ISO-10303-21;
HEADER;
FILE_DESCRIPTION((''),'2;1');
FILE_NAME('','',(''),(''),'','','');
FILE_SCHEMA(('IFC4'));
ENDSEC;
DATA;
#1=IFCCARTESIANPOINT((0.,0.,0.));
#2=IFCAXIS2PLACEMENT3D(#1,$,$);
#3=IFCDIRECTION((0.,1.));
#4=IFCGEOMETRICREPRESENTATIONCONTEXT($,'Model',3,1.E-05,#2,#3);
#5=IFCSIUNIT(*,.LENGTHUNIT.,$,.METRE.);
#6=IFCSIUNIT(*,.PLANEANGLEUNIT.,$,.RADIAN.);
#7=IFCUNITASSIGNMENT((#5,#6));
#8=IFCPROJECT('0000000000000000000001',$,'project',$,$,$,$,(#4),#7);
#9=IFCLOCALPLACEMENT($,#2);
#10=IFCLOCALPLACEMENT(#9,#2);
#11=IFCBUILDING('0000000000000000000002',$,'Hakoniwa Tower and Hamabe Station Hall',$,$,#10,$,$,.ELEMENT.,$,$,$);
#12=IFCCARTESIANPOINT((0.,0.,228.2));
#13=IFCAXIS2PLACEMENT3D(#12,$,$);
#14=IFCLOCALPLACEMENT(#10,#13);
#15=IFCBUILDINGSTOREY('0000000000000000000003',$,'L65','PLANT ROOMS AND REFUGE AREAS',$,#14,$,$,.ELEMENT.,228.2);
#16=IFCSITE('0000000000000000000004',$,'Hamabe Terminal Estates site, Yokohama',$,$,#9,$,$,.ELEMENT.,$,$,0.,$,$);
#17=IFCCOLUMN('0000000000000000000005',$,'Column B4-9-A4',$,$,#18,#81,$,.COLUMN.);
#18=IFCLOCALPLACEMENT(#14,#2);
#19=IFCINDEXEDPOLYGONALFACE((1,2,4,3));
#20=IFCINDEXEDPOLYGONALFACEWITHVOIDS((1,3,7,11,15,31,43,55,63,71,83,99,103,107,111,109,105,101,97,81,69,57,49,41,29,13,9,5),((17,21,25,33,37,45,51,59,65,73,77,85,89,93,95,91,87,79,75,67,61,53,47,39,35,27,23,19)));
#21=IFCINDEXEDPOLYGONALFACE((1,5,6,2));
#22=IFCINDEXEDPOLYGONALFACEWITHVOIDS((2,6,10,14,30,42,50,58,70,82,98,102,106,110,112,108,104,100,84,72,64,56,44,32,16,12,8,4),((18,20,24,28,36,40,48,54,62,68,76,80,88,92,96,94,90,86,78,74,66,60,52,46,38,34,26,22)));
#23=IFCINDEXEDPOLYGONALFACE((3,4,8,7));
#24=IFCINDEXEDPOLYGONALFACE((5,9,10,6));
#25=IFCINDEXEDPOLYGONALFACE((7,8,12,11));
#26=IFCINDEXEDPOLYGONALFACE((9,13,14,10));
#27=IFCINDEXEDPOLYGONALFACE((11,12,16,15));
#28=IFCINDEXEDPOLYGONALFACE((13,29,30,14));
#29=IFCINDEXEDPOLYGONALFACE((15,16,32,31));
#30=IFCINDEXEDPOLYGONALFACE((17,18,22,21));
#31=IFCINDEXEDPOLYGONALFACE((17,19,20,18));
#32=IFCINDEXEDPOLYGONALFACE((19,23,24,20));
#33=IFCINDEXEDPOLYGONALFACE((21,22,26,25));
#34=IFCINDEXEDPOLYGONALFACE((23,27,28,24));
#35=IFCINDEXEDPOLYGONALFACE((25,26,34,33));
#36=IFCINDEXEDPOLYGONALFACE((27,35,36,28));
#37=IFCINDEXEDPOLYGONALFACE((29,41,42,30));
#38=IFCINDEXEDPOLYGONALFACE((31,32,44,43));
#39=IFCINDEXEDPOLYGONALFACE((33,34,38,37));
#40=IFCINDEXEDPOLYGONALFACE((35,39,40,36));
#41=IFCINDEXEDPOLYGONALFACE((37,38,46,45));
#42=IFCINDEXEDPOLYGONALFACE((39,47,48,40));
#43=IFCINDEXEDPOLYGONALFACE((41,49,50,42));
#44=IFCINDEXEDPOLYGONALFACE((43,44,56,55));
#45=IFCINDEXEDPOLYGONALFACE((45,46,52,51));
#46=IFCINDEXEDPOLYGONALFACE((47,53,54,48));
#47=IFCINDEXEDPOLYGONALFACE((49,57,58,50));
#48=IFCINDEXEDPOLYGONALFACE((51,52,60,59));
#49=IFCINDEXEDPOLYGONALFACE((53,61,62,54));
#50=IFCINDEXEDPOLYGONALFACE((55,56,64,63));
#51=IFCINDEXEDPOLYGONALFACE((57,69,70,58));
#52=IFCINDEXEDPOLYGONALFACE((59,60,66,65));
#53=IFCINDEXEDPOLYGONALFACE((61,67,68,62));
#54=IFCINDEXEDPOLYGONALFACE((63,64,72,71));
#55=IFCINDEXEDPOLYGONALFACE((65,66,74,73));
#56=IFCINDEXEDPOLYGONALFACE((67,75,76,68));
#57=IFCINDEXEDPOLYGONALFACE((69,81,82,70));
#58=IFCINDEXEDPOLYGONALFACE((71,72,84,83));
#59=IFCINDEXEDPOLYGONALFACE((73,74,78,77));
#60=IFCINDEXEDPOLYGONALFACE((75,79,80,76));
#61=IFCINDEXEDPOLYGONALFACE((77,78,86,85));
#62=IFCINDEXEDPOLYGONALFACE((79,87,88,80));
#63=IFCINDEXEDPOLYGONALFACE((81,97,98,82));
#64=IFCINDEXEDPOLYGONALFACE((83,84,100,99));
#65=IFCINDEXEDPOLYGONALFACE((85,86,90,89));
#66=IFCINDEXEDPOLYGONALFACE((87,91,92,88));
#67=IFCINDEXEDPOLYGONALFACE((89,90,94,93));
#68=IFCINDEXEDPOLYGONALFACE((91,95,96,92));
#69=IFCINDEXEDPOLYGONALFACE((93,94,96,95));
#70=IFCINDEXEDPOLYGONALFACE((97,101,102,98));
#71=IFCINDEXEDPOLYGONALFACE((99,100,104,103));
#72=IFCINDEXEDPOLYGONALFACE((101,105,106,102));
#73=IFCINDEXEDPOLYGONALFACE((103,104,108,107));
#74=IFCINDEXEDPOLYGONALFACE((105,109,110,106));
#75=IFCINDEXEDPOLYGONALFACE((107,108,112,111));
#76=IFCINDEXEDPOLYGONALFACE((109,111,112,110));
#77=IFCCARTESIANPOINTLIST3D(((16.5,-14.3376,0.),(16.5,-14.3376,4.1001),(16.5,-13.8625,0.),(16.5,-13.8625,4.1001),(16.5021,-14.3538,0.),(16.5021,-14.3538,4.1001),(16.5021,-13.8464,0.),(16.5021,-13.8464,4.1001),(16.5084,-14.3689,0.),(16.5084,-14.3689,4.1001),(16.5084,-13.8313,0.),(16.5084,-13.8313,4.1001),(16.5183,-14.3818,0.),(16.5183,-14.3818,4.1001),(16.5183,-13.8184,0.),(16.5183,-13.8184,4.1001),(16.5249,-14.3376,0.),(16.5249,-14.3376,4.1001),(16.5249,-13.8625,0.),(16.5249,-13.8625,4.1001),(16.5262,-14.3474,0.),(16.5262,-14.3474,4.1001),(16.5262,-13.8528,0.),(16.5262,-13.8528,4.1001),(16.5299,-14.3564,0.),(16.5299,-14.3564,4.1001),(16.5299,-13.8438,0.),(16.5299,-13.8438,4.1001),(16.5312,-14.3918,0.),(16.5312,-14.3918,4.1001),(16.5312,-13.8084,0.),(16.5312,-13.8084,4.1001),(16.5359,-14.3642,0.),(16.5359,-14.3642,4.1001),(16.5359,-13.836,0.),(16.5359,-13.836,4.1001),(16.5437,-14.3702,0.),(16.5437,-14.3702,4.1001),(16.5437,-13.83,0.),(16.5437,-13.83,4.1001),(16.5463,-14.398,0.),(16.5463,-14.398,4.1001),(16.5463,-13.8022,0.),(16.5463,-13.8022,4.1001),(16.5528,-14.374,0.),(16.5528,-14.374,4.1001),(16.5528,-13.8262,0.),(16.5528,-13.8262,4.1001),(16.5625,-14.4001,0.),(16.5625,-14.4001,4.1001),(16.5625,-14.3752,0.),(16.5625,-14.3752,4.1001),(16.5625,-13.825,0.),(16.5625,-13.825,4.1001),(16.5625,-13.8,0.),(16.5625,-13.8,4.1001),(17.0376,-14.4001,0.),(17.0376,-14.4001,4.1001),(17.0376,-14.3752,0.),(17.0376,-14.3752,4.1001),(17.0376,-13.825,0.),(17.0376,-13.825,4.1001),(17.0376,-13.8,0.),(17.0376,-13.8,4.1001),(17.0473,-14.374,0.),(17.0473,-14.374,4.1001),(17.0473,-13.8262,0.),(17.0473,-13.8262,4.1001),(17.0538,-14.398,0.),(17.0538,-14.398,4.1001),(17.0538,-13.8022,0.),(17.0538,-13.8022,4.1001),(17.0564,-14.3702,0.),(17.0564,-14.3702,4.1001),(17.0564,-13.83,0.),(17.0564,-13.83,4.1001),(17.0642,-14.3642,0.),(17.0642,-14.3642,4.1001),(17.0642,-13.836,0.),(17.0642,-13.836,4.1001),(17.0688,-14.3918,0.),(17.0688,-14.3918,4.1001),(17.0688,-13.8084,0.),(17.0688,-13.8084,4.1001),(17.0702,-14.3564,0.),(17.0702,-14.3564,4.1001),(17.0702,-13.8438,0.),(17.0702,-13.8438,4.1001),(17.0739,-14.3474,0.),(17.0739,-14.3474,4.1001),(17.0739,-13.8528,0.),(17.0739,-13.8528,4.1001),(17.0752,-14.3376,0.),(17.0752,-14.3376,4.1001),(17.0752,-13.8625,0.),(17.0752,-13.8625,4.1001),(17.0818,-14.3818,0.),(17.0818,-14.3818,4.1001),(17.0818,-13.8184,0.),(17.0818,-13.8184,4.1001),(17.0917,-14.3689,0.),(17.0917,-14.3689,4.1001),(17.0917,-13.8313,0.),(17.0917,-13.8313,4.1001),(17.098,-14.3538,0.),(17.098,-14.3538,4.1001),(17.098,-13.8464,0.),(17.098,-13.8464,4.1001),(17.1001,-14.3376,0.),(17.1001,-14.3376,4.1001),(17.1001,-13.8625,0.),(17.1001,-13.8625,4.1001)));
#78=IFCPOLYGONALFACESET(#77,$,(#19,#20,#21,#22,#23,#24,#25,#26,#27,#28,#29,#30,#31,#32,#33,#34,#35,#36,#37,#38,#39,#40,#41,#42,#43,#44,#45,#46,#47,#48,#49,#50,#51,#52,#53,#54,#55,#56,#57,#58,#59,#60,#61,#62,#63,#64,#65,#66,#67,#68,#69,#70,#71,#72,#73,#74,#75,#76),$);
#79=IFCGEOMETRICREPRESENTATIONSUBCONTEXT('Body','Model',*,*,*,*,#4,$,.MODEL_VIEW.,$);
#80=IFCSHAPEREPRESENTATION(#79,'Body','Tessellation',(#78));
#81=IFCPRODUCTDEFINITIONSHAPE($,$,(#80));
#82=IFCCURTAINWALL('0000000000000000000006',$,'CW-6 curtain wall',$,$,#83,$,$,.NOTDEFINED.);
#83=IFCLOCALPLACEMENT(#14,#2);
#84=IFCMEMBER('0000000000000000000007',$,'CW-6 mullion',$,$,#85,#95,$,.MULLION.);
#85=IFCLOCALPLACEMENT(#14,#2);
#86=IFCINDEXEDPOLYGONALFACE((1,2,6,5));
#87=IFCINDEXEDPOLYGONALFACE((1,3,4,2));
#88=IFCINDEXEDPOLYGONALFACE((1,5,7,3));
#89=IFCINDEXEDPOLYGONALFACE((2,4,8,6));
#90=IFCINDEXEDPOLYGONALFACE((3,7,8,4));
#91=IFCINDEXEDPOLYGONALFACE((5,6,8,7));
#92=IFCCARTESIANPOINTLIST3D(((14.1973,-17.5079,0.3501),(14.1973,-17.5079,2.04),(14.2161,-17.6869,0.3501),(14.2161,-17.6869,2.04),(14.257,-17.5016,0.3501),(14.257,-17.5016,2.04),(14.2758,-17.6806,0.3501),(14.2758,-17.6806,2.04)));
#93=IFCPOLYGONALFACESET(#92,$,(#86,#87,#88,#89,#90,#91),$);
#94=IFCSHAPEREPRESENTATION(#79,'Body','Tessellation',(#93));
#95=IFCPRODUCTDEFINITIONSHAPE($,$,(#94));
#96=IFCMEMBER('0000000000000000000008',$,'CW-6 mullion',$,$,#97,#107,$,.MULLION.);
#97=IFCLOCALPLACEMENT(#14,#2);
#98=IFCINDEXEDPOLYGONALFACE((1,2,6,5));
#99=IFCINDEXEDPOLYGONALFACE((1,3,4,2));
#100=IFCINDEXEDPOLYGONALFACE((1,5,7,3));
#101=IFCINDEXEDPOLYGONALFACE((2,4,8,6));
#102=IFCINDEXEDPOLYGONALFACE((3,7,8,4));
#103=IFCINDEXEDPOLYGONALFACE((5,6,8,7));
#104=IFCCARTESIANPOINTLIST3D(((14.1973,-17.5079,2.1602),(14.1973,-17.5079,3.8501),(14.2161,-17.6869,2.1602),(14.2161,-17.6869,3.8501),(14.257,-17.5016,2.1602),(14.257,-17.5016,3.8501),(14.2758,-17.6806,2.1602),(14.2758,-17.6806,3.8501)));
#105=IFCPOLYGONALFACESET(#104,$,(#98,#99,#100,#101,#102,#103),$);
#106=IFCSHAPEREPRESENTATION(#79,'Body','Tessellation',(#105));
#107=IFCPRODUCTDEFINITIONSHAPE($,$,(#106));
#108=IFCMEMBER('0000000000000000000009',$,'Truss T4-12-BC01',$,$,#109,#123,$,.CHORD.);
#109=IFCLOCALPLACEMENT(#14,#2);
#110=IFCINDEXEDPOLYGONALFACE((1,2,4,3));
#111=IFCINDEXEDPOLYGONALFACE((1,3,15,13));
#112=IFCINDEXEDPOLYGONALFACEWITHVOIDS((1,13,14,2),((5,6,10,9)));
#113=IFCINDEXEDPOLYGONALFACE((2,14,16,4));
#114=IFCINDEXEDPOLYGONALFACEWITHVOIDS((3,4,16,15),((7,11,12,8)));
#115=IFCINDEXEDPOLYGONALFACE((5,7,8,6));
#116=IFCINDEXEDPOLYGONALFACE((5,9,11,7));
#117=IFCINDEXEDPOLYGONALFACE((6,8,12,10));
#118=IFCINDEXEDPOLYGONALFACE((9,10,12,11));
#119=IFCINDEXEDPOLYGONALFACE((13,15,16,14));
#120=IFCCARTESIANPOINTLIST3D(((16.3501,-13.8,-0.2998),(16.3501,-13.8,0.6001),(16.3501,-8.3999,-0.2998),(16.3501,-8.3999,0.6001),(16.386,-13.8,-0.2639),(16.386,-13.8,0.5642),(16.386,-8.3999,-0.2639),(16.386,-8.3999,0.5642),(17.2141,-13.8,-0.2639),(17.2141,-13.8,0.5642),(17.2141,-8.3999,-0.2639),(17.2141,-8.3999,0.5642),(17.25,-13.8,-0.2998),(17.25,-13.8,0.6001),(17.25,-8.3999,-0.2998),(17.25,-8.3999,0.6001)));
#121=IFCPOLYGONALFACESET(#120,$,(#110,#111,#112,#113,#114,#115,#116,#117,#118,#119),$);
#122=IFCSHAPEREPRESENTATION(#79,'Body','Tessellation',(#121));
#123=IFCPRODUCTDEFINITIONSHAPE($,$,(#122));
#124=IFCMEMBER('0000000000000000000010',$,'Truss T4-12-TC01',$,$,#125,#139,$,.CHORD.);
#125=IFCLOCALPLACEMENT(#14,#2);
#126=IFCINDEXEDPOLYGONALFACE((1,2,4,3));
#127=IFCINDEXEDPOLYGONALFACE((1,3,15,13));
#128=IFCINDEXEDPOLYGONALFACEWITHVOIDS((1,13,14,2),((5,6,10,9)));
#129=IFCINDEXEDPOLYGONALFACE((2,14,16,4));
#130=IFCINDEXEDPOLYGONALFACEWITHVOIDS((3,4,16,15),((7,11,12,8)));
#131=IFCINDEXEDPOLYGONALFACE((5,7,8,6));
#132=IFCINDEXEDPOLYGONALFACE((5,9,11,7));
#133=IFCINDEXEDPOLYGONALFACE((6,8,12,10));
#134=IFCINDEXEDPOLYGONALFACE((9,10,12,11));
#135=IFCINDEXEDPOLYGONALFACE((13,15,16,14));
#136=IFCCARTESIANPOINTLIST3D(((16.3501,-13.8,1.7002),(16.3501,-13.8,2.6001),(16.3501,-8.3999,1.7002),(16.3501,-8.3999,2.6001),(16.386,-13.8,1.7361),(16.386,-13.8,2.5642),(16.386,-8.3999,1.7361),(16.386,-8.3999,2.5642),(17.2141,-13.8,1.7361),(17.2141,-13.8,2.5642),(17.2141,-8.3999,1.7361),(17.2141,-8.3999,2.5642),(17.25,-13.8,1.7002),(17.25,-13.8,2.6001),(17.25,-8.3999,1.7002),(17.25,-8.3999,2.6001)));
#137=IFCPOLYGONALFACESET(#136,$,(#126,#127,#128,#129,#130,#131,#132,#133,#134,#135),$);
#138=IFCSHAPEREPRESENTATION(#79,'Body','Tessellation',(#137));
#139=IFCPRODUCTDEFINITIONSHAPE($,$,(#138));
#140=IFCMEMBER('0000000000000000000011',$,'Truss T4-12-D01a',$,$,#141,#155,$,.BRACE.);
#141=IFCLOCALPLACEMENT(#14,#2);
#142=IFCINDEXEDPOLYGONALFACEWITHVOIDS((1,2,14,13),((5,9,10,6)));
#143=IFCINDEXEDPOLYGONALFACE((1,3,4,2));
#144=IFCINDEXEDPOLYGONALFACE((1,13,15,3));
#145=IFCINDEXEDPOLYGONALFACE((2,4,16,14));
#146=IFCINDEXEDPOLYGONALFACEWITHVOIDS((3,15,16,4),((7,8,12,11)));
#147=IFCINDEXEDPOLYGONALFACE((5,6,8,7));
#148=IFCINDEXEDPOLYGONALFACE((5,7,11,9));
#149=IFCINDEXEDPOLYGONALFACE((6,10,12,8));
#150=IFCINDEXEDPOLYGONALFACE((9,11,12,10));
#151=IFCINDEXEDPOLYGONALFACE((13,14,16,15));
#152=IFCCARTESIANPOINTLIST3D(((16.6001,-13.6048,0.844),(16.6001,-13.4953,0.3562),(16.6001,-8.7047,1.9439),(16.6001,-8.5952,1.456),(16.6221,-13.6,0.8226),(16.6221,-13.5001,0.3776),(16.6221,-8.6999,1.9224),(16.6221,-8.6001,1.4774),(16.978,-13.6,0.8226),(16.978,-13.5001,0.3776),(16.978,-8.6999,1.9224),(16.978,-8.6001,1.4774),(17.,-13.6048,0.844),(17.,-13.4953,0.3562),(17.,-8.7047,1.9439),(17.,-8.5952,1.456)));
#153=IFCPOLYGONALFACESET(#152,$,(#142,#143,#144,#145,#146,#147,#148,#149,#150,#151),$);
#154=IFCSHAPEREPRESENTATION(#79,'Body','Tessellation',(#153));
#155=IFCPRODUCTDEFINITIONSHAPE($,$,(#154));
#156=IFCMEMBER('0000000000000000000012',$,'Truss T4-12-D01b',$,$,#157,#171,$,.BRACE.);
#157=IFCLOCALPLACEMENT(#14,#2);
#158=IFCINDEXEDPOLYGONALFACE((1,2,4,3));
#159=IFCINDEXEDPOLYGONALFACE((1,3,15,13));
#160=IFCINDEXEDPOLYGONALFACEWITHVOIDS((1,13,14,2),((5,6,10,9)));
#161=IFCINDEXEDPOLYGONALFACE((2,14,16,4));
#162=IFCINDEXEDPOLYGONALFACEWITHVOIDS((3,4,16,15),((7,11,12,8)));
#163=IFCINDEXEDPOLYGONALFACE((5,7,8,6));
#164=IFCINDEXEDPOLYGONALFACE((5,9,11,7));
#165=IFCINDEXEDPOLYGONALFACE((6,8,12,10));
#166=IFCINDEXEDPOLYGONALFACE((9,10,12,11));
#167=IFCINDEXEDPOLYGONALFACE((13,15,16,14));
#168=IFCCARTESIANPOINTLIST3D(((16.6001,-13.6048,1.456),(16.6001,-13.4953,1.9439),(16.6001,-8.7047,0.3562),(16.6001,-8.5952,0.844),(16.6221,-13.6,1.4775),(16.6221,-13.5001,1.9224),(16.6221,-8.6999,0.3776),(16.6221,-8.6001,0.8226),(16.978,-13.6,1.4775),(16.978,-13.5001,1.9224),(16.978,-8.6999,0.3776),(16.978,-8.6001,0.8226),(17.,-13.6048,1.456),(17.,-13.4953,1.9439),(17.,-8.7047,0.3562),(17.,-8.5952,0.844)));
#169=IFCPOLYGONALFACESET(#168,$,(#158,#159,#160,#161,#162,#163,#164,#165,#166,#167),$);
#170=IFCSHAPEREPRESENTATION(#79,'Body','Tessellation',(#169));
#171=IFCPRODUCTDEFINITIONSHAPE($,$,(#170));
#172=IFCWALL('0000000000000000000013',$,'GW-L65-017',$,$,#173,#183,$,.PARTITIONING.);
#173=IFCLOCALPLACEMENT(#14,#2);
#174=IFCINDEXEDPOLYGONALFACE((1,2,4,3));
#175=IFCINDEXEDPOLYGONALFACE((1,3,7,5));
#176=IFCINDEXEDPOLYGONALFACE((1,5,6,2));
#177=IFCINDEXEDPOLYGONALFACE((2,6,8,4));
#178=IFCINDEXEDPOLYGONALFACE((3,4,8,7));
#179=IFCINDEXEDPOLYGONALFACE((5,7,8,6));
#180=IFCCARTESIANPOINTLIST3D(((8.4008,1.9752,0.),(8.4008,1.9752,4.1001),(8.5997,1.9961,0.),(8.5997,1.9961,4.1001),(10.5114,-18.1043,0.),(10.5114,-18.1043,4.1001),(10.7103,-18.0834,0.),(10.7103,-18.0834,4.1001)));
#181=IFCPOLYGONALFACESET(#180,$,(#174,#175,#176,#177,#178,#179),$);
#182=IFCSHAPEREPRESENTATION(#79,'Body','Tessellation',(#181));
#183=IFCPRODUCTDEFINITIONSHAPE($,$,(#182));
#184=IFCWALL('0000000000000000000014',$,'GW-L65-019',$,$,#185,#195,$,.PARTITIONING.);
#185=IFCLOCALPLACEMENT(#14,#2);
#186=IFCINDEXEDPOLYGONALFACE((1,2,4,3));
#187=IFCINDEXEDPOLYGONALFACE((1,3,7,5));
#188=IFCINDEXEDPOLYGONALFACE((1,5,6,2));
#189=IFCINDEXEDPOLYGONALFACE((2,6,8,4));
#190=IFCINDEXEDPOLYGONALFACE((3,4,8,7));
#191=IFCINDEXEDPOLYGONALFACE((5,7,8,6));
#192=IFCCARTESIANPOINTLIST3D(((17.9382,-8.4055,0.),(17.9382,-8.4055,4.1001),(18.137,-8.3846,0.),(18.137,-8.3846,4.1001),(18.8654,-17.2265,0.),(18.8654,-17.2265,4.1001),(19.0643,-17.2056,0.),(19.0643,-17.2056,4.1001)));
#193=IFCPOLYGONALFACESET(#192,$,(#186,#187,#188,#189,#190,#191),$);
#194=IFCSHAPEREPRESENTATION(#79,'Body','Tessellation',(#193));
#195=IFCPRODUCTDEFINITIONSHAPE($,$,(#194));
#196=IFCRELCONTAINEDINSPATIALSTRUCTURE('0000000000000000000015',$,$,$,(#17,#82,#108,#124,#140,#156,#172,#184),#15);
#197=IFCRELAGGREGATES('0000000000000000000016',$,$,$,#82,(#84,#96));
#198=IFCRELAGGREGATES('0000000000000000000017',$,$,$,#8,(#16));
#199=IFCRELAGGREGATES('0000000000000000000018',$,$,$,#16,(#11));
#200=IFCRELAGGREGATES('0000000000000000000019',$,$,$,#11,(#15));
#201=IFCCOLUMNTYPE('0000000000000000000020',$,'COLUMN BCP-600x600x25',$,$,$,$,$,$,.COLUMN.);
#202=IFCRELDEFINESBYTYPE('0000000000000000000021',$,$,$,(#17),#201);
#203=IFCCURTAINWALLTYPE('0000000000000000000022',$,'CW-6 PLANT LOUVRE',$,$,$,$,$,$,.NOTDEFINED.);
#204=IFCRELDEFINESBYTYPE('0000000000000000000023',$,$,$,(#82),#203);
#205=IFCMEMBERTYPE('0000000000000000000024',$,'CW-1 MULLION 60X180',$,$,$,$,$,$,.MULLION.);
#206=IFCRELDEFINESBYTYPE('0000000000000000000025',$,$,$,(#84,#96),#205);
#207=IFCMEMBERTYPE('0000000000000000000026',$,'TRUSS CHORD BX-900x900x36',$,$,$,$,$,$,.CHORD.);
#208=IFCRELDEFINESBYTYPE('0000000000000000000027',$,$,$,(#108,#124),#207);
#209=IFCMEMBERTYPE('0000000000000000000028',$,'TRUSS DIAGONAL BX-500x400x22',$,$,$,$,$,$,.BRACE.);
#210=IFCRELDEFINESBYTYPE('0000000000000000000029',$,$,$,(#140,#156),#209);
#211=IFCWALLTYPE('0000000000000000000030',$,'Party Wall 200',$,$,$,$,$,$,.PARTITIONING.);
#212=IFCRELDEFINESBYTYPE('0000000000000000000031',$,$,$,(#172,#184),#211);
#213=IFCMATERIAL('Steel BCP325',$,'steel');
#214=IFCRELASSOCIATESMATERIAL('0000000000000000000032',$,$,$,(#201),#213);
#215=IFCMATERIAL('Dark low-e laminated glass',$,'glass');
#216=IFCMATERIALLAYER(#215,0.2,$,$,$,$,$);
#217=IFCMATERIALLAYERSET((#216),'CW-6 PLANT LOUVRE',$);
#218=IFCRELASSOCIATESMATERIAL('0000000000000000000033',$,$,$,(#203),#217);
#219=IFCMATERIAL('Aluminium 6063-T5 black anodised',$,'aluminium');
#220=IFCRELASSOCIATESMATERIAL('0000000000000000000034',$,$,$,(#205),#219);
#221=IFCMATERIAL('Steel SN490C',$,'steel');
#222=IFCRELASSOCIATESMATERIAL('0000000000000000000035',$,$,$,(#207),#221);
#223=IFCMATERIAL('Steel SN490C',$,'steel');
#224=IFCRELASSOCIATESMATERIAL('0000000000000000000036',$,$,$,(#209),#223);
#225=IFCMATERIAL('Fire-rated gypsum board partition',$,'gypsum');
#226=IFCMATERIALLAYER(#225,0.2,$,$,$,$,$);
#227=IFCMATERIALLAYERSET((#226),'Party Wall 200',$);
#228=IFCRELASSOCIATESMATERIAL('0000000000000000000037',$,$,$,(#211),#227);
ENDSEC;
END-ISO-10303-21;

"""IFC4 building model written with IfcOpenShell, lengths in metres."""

from ifc_helpers import new_model, si_unit, direction, frame, frame_2d, origin, origin_2d, place, context, subcontext, project, spatial, rectangle, hollow_rectangle, extrude, material, layer, layer_set, material_profile, profile_set, type_object, element, aggregate, save


model = new_model("IFC4")

# Units and contexts
model_context = context("Model", 3, precision=1e-05, world=origin(), true_north=direction((0.0, 1.0)))
body_context = subcontext(model_context, "Body", "Model", "MODEL_VIEW")
ifc_project = project(units=[si_unit("LENGTHUNIT", "METRE"), si_unit("PLANEANGLEUNIT", "RADIAN")], contexts=[model_context])

# Site, building, storey
site_placement = place(None, origin())
site = spatial("IfcSite", under=ifc_project, at=site_placement, Name="Hamabe Terminal Estates site, Yokohama", CompositionType="ELEMENT", RefElevation=0.0)
building_placement = place(site_placement, origin())
building = spatial("IfcBuilding", under=site, at=building_placement, Name="Hakoniwa Tower and Hamabe Station Hall", CompositionType="ELEMENT")
storey_placement = place(building_placement, frame((0.0, 0.0, 228.2)))
storey = spatial("IfcBuildingStorey", under=building, at=storey_placement, Name="L65", Description="PLANT ROOMS AND REFUGE AREAS", CompositionType="ELEMENT", Elevation=228.2)

# Column
ifc_material_1 = material(Name="Steel BCP325", Category="steel")
ifc_material_profile_1 = material_profile(ifc_material_1, hollow_rectangle(XDim=0.6001, YDim=0.6001, WallThickness=0.0249, InnerFilletRadius=0.0376, OuterFilletRadius=0.0625, at=origin_2d()), Name="BCP-600x600x25")
ifc_profile_set_1 = profile_set([ifc_material_profile_1], Name="Steel BCP325")
column_type = type_object("IfcColumnType", Name="COLUMN BCP-600x600x25", PredefinedType="COLUMN", material=ifc_profile_set_1)
column_placement = place(storey_placement, frame((16.8, -14.1001, 0.0), z_axis=(0.0, 0.0, 1.0), x_axis=(1.0, 0.0, 0.0)))
element("IfcColumn", 1, at=column_placement, inside=storey, type_object=column_type, Name="Column B4-9-A4", PredefinedType="COLUMN", context=body_context, shape_type="SweptSolid", body=[
    extrude(hollow_rectangle(XDim=0.6001, YDim=0.6001, WallThickness=0.0249, InnerFilletRadius=0.0376, OuterFilletRadius=0.0625, at=origin_2d()), origin(), (0.0, 0.0, 1.0), 4.1001),
])

# Curtain wall, members
ifc_material_2 = material(Name="Dark low-e laminated glass", Category="glass")
ifc_layer_1 = layer(ifc_material_2, 0.2)
ifc_layer_set_1 = layer_set([ifc_layer_1], Name="CW-6 PLANT LOUVRE")
curtain_wall_type = type_object("IfcCurtainWallType", Name="CW-6 PLANT LOUVRE", PredefinedType="NOTDEFINED", material=ifc_layer_set_1)
curtain_wall_placement = place(storey_placement, origin())
curtain_wall = element("IfcCurtainWall", 2, at=curtain_wall_placement, inside=storey, type_object=curtain_wall_type, Name="CW-6 curtain wall", PredefinedType="NOTDEFINED")
ifc_material_3 = material(Name="Aluminium 6063-T5 black anodised", Category="aluminium")
ifc_material_profile_2 = material_profile(ifc_material_3, rectangle(XDim=0.0601, YDim=0.1799, at=origin_2d()), Name="CW-1 MULLION 60X180")
ifc_profile_set_2 = profile_set([ifc_material_profile_2], Name="Aluminium 6063-T5 black anodised")
member_type_1 = type_object("IfcMemberType", Name="CW-1 MULLION 60X180", PredefinedType="MULLION", material=ifc_profile_set_2)
member_1_placement = place(storey_placement, frame((14.2366, -17.5942, 0.3501), z_axis=(0.0, 0.0, 1.0), x_axis=(0.994522, 0.104528, 0.0)))
member_1 = element("IfcMember", 3, at=member_1_placement, type_object=member_type_1, Name="CW-6 mullion", PredefinedType="MULLION", context=body_context, shape_type="SweptSolid", body=[
    extrude(rectangle(XDim=0.0601, YDim=0.1799, at=origin_2d()), origin(), (0.0, 0.0, 1.0), 1.6899),
])
member_2_placement = place(storey_placement, frame((14.2366, -17.5942, 2.1602), z_axis=(0.0, 0.0, 1.0), x_axis=(0.994522, 0.104528, 0.0)))
member_2 = element("IfcMember", 4, at=member_2_placement, type_object=member_type_1, Name="CW-6 mullion", PredefinedType="MULLION", context=body_context, shape_type="SweptSolid", body=[
    extrude(rectangle(XDim=0.0601, YDim=0.1799, at=origin_2d()), origin(), (0.0, 0.0, 1.0), 1.6899),
])

# Members
ifc_material_4 = material(Name="Steel SN490C", Category="steel")
ifc_material_profile_3 = material_profile(ifc_material_4, hollow_rectangle(XDim=0.8999, YDim=0.8999, WallThickness=0.0359, at=origin_2d()), Name="BX-900x900x36")
ifc_profile_set_3 = profile_set([ifc_material_profile_3], Name="Steel SN490C")
member_type_2 = type_object("IfcMemberType", Name="TRUSS CHORD BX-900x900x36", PredefinedType="CHORD", material=ifc_profile_set_3)
for number, where, z_axis, x_axis, name in (
    (5, (16.8, -13.8, 0.1501), (0.0, 1.0, 0.0), (-1.0, 0.0, 0.0), "Truss T4-12-BC01"),
    (6, (16.8, -13.8, 2.1501), (0.0, 1.0, 0.0), (-1.0, 0.0, 0.0), "Truss T4-12-TC01"),
):
    element("IfcMember", number, at=place(storey_placement, frame(where, z_axis=z_axis, x_axis=x_axis)), inside=storey, type_object=member_type_2, Name=name, PredefinedType="CHORD", context=body_context, shape_type="SweptSolid", body=[
        extrude(hollow_rectangle(XDim=0.8999, YDim=0.8999, WallThickness=0.0359, at=origin_2d()), origin(), (0.0, 0.0, 1.0), 5.4001),
    ])
ifc_material_5 = material(Name="Steel SN490C", Category="steel")
ifc_material_profile_4 = material_profile(ifc_material_5, hollow_rectangle(XDim=0.3999, YDim=0.5, WallThickness=0.022, at=origin_2d()), Name="BX-500x400x22")
ifc_profile_set_4 = profile_set([ifc_material_profile_4], Name="Steel SN490C")
member_type_3 = type_object("IfcMemberType", Name="TRUSS DIAGONAL BX-500x400x22", PredefinedType="BRACE", material=ifc_profile_set_4)
for number, where, z_axis, x_axis, name in (
    (7, (16.8, -13.55, 0.6001), (0.0, 0.975724, 0.219004), (-1.0, 0.0, 0.0), "Truss T4-12-D01a"),
    (8, (16.8, -13.55, 1.7), (0.0, 0.975724, -0.219004), (-1.0, 0.0, 0.0), "Truss T4-12-D01b"),
):
    element("IfcMember", number, at=place(storey_placement, frame(where, z_axis=z_axis, x_axis=x_axis)), inside=storey, type_object=member_type_3, Name=name, PredefinedType="BRACE", context=body_context, shape_type="SweptSolid", body=[
        extrude(hollow_rectangle(XDim=0.3999, YDim=0.5, WallThickness=0.022, at=origin_2d()), origin(), (0.0, 0.0, 1.0), 5.022),
    ])

# Walls
ifc_material_6 = material(Name="Fire-rated gypsum board partition", Category="gypsum")
ifc_layer_2 = layer(ifc_material_6, 0.2)
ifc_layer_set_2 = layer_set([ifc_layer_2], Name="Party Wall 200")
wall_type = type_object("IfcWallType", Name="Party Wall 200", PredefinedType="PARTITIONING", material=ifc_layer_set_2)
wall_1_placement = place(storey_placement, frame((10.6108, -18.094, 0.0), z_axis=(0.0, 0.0, 1.0), x_axis=(-0.104536, 0.994521, 0.0)))
element("IfcWall", 9, at=wall_1_placement, inside=storey, type_object=wall_type, Name="GW-L65-017", PredefinedType="PARTITIONING", context=body_context, shape_type="SweptSolid", body=[
    extrude(rectangle(XDim=20.1902, YDim=0.2, at=frame_2d((10.0952, 0.0))), origin(), (0.0, 0.0, 1.0), 4.1001),
])
wall_2_placement = place(storey_placement, frame((18.9648, -17.2161, 0.0), z_axis=(0.0, 0.0, 1.0), x_axis=(-0.104542, 0.994521, 0.0)))
element("IfcWall", 10, at=wall_2_placement, inside=storey, type_object=wall_type, Name="GW-L65-019", PredefinedType="PARTITIONING", context=body_context, shape_type="SweptSolid", body=[
    extrude(rectangle(XDim=8.8696, YDim=0.2, at=frame_2d((4.4348, 0.0))), origin(), (0.0, 0.0, 1.0), 4.1001),
])

aggregate(curtain_wall, [member_1, member_2])

save(model, "model.ifc")
